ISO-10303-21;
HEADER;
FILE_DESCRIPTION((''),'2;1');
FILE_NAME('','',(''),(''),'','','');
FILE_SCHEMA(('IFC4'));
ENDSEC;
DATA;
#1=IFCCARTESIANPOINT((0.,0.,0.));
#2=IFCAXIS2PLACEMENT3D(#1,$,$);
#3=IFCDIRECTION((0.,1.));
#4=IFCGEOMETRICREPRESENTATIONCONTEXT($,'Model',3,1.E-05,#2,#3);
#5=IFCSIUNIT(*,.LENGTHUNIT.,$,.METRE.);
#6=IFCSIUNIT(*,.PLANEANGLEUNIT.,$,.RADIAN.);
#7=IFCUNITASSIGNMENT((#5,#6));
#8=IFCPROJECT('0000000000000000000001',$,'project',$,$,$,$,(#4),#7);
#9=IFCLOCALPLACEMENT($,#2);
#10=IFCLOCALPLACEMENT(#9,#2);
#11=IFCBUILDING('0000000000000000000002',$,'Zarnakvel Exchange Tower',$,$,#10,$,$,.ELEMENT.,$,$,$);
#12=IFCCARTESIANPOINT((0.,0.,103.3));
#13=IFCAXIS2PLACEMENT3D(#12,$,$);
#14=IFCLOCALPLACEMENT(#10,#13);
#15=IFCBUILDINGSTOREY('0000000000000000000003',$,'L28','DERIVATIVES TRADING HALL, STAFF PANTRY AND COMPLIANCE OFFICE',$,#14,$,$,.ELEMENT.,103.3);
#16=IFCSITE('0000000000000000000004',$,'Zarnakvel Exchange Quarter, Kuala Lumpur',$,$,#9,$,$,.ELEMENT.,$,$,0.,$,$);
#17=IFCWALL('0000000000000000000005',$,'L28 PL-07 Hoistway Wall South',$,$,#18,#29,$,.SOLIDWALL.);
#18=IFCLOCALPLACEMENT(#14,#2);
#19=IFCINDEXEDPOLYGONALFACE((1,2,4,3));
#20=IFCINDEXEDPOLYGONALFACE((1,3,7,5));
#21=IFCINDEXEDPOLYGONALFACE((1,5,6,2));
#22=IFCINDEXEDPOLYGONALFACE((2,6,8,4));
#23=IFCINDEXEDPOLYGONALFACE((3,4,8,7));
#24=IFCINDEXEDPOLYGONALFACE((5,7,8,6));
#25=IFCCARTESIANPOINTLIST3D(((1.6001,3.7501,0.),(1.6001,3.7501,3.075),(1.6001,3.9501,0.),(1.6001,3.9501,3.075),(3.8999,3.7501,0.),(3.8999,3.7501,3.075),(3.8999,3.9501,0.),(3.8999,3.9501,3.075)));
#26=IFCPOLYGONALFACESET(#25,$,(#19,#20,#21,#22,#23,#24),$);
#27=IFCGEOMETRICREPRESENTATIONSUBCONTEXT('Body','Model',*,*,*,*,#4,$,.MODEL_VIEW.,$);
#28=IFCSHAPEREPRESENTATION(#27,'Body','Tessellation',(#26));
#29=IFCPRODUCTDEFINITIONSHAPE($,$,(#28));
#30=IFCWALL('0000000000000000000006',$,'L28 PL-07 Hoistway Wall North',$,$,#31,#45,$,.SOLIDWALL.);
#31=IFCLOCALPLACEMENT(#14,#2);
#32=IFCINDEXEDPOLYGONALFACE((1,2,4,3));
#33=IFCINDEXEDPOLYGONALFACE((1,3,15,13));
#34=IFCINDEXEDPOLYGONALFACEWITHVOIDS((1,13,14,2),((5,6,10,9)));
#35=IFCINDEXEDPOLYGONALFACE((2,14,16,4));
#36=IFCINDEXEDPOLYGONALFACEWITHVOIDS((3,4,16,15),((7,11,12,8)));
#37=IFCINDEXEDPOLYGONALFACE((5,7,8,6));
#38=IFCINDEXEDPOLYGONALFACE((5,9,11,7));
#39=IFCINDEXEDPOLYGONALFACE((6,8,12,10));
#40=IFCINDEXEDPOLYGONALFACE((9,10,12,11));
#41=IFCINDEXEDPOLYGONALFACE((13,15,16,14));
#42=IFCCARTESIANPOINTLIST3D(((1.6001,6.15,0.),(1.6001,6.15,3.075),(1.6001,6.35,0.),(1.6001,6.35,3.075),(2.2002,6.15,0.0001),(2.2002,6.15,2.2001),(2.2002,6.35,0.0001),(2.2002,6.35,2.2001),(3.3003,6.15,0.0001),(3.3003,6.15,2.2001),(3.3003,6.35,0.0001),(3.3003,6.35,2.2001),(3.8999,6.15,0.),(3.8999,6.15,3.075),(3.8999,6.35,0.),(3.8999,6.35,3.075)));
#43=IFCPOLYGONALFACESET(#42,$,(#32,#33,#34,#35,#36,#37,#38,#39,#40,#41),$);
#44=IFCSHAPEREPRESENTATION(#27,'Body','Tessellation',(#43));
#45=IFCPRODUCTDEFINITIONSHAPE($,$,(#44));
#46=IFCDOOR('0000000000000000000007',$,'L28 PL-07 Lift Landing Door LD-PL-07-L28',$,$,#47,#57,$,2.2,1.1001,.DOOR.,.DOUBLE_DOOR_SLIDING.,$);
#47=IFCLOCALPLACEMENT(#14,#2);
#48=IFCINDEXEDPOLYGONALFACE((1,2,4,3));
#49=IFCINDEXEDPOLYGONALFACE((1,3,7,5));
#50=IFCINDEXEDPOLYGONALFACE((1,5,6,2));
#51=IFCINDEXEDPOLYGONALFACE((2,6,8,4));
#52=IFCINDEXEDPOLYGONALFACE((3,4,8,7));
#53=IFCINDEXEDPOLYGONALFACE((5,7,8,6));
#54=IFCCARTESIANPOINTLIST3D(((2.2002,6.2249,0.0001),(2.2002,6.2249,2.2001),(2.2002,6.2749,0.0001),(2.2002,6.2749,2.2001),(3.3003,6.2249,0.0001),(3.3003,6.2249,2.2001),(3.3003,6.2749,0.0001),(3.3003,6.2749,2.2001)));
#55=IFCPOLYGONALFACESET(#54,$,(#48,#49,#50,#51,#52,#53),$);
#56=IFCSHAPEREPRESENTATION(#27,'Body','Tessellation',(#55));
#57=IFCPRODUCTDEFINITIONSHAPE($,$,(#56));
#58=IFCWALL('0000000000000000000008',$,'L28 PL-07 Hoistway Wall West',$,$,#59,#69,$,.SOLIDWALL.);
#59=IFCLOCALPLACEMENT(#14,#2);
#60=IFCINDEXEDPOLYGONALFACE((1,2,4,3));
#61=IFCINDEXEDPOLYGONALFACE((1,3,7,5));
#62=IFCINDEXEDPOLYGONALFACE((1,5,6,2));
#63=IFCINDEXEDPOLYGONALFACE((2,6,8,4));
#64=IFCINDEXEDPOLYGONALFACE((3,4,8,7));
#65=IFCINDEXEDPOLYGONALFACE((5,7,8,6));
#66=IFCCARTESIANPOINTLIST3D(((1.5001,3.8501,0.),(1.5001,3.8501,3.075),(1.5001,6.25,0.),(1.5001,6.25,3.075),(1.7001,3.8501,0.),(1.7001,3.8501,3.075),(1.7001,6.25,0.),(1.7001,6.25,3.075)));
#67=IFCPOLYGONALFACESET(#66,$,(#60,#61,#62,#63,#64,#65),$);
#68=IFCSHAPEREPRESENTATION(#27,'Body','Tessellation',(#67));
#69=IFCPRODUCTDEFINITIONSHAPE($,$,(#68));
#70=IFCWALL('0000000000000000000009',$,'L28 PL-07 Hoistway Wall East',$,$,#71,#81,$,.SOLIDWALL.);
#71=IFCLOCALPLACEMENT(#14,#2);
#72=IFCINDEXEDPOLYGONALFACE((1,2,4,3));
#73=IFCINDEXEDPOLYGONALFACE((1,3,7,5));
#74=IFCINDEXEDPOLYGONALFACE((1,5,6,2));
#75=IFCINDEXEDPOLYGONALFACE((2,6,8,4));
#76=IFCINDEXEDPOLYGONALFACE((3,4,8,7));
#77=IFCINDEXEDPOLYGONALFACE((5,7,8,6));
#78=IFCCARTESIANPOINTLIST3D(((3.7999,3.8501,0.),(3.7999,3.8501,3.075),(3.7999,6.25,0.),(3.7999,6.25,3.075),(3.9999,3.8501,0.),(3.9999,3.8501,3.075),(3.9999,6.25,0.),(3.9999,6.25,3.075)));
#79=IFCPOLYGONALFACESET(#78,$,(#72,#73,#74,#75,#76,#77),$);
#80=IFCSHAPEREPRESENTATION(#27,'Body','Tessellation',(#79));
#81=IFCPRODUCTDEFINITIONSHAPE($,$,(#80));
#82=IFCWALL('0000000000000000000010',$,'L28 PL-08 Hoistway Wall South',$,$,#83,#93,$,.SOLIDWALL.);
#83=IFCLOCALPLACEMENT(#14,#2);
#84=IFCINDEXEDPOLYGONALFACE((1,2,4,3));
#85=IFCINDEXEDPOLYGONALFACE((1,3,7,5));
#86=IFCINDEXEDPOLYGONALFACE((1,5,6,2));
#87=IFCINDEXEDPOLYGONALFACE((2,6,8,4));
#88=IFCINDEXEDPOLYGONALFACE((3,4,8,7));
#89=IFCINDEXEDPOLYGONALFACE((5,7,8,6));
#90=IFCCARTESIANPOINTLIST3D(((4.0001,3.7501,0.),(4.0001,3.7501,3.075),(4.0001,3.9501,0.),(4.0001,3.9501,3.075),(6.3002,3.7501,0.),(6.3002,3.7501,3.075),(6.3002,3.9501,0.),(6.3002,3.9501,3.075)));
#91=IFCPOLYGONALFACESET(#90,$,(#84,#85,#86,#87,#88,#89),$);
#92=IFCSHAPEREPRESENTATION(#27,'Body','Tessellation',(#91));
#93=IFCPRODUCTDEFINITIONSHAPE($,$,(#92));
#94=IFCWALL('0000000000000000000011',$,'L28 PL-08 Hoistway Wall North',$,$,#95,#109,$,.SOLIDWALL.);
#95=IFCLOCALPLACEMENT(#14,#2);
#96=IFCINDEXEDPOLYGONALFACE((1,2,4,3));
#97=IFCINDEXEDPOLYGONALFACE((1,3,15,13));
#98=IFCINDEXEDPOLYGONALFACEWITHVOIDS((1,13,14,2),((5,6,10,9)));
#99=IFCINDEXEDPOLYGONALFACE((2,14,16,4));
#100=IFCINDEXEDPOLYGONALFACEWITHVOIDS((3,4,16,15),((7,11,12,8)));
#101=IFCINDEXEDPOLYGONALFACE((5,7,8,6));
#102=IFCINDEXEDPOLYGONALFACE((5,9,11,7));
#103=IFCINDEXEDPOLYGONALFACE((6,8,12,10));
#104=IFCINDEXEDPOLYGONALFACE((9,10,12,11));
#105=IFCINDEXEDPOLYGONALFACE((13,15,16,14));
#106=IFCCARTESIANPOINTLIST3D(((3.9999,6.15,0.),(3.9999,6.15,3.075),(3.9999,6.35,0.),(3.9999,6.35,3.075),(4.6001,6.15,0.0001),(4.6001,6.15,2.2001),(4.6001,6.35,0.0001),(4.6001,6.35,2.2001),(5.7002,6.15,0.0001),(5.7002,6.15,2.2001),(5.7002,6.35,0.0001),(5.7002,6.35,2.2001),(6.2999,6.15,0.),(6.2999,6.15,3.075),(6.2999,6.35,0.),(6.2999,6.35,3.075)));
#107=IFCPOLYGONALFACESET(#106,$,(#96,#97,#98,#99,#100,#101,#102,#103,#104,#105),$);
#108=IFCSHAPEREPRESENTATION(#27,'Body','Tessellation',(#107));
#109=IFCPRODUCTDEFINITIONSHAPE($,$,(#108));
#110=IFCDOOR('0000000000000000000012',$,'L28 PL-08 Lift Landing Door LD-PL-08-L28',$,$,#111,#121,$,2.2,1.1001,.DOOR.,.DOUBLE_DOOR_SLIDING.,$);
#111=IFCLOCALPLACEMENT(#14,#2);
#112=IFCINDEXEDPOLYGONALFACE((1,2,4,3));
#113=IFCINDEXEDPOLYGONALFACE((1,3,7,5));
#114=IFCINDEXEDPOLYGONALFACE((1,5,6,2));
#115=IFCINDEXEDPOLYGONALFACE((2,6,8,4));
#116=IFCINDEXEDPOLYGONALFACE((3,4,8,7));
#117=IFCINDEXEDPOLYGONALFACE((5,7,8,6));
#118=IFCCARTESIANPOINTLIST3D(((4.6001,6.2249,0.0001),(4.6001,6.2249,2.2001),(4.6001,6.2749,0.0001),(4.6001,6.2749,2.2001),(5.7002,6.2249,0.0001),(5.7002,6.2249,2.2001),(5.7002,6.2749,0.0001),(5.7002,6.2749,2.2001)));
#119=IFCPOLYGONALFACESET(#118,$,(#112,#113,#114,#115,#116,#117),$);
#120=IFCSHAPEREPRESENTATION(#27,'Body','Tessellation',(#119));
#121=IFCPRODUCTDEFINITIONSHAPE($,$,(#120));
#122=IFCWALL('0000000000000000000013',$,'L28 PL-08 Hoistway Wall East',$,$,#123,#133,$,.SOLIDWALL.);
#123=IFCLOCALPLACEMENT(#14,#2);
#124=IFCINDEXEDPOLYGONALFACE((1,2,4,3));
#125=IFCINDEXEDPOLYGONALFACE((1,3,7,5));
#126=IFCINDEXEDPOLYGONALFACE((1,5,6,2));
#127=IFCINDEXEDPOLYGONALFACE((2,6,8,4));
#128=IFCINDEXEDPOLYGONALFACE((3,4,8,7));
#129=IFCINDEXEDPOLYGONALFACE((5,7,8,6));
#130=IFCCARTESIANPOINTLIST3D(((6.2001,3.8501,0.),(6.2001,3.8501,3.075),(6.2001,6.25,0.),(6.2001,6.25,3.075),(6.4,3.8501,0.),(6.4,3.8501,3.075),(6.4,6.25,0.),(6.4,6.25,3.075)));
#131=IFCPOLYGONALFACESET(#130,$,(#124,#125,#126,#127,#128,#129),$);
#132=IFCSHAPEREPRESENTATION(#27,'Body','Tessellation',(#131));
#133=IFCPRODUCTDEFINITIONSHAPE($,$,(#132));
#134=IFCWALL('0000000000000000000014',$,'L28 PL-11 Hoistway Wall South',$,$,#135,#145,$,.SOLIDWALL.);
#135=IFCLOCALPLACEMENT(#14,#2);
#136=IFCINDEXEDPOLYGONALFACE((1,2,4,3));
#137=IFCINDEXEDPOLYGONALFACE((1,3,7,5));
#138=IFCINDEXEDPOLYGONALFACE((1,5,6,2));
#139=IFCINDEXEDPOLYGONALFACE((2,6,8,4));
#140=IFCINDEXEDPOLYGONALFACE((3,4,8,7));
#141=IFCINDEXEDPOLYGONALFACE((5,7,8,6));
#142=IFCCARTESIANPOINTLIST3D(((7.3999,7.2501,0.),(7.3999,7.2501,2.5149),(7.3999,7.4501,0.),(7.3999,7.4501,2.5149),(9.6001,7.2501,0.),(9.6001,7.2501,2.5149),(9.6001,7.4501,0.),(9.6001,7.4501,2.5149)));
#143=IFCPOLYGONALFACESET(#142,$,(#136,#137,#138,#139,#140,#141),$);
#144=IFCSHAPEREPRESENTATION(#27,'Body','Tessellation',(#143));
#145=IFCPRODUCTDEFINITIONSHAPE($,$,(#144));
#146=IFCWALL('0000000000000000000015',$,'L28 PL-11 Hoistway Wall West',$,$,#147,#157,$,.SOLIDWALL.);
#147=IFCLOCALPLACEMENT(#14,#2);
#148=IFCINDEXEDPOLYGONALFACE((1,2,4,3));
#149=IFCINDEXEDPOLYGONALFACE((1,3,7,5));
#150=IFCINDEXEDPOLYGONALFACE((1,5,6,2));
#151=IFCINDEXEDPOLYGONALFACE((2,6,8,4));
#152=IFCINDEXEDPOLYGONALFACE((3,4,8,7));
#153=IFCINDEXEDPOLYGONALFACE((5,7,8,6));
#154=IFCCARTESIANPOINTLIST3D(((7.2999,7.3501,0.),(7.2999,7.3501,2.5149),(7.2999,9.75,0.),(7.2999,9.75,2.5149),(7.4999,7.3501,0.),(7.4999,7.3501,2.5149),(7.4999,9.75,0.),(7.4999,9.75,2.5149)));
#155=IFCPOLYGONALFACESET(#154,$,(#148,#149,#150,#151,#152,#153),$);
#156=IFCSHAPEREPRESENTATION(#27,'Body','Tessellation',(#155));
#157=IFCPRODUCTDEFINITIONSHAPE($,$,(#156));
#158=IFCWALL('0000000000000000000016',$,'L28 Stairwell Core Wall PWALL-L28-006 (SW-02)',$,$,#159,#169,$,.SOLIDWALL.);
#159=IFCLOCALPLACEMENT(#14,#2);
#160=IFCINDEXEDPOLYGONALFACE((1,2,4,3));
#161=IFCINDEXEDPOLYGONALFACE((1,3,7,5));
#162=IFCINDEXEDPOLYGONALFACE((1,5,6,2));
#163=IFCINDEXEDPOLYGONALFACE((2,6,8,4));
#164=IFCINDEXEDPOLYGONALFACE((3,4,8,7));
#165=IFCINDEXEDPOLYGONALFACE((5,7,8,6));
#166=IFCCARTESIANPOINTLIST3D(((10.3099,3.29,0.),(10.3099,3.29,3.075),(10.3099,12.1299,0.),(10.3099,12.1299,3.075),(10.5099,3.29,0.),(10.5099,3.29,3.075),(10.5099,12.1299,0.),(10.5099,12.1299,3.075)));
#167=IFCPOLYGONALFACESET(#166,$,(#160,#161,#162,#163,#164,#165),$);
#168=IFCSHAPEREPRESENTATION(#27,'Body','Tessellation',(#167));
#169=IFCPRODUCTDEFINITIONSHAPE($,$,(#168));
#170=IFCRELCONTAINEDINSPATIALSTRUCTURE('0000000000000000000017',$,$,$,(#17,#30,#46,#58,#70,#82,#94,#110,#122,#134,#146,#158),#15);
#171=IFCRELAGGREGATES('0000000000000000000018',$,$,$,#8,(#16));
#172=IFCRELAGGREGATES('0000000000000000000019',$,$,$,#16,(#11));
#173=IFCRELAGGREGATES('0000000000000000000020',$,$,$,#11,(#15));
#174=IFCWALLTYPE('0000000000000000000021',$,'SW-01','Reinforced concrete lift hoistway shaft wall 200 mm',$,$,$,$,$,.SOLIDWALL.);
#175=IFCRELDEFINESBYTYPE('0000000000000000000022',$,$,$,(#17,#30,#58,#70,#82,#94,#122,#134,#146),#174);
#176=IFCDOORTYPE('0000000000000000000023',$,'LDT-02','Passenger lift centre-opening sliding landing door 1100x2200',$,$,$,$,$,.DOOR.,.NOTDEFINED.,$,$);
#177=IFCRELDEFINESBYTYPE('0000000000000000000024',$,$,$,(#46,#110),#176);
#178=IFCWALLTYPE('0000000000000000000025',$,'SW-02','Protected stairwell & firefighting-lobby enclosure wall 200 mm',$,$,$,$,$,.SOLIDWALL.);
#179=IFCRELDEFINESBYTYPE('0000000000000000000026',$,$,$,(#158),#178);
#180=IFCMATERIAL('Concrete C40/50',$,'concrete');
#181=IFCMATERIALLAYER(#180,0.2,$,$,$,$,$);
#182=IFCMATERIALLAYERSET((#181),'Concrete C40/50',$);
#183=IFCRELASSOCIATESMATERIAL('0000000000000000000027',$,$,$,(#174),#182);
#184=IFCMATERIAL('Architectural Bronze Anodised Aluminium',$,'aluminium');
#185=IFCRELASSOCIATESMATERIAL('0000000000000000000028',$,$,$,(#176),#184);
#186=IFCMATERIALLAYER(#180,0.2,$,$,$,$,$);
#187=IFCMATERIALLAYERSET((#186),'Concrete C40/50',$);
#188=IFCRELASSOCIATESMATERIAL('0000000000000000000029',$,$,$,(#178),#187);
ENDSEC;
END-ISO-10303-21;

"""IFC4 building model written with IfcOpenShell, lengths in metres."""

from ifc_helpers import new_model, si_unit, direction, frame, frame_2d, origin, place, context, subcontext, project, spatial, rectangle, extrude, source, transform, mapped, material, layer, layer_set, type_object, element, fill, save


model = new_model("IFC4")

# Units and contexts
model_context = context("Model", 3, precision=1e-05, world=origin(), true_north=direction((0.0, 1.0)))
body_context = subcontext(model_context, "Body", "Model", "MODEL_VIEW")
ifc_project = project(units=[si_unit("LENGTHUNIT", "METRE"), si_unit("PLANEANGLEUNIT", "RADIAN")], contexts=[model_context])

# Site, building, storey
site_placement = place(None, origin())
site = spatial("IfcSite", under=ifc_project, at=site_placement, Name="Zarnakvel Exchange Quarter, Kuala Lumpur", CompositionType="ELEMENT", RefElevation=0.0)
building_placement = place(site_placement, origin())
building = spatial("IfcBuilding", under=site, at=building_placement, Name="Zarnakvel Exchange Tower", CompositionType="ELEMENT")
storey_placement = place(building_placement, frame((0.0, 0.0, 103.3)))
storey = spatial("IfcBuildingStorey", under=building, at=storey_placement, Name="L28", Description="DERIVATIVES TRADING HALL, STAFF PANTRY AND COMPLIANCE OFFICE", CompositionType="ELEMENT", Elevation=103.3)

# Shared definitions
ifc_material_1 = material(Name="Concrete C40/50", Category="concrete")
ifc_layer_1 = layer(ifc_material_1, 0.2)
ifc_layer_set_1 = layer_set([ifc_layer_1], Name="Concrete C40/50")
wall_type_1 = type_object("IfcWallType", Name="SW-01", Description="Reinforced concrete lift hoistway shaft wall 200 mm", PredefinedType="SOLIDWALL", material=ifc_layer_set_1)
shared_shape_1 = source(origin(), body_context, "Body", "SweptSolid", [
    extrude(rectangle(XDim=1.1001, YDim=2.2, at=frame_2d((0.55, 1.1001))), frame((0.0, 0.0249, 0.0), z_axis=(0.0, -1.0, 0.0), x_axis=(1.0, 0.0, 0.0)), (0.0, 0.0, 1.0), 0.05),
])

# Wall
wall_1_placement = place(storey_placement, frame((3.8999, 3.8501, 0.0), z_axis=(0.0, 0.0, 1.0), x_axis=(-1.0, 0.0, 0.0)))
element("IfcWall", 1, at=wall_1_placement, inside=storey, type_object=wall_type_1, Name="L28 PL-07 Hoistway Wall South", PredefinedType="SOLIDWALL", context=body_context, shape_type="SweptSolid", body=[
    extrude(rectangle(XDim=2.2998, YDim=0.2, at=frame_2d((1.1499, 0.0))), origin(), (0.0, 0.0, 1.0), 3.075),
])

# Wall, opening, door
wall_2_placement = place(storey_placement, frame((1.6001, 6.25, 0.0), z_axis=(0.0, 0.0, 1.0), x_axis=(1.0, 0.0, 0.0)))
wall_2 = element("IfcWall", 2, at=wall_2_placement, inside=storey, type_object=wall_type_1, Name="L28 PL-07 Hoistway Wall North", PredefinedType="SOLIDWALL", context=body_context, shape_type="SweptSolid", body=[
    extrude(rectangle(XDim=2.2998, YDim=0.2, at=frame_2d((1.1499, 0.0))), origin(), (0.0, 0.0, 1.0), 3.075),
])
opening_1_placement = place(wall_2_placement, frame((0.6001, 0.0, 0.0)))
opening_1 = element("IfcOpeningElement", 3, at=opening_1_placement, cuts=wall_2, PredefinedType="OPENING", context=body_context, shape_type="SweptSolid", body=[
    extrude(rectangle(XDim=1.1001, YDim=2.2, at=frame_2d((0.55, 1.1001))), frame((0.0, 0.1099, 0.0), z_axis=(0.0, -1.0, 0.0), x_axis=(1.0, 0.0, 0.0)), (0.0, 0.0, 1.0), 0.22),
])
ifc_material_2 = material(Name="Architectural Bronze Anodised Aluminium", Category="aluminium")
door_type_1 = type_object("IfcDoorType", Name="LDT-02", Description="Passenger lift centre-opening sliding landing door 1100x2200", OperationType="NOTDEFINED", PredefinedType="DOOR", material=ifc_material_2)
door_1_placement = place(opening_1_placement, origin())
door_1 = element("IfcDoor", 4, at=door_1_placement, inside=storey, type_object=door_type_1, Name="L28 PL-07 Lift Landing Door LD-PL-07-L28", OperationType="DOUBLE_DOOR_SLIDING", OverallHeight=2.2, OverallWidth=1.1001, PredefinedType="DOOR", context=body_context, shape_type="MappedRepresentation", body=[
    mapped(shared_shape_1, transform((0.0, 0.0, 0.0), x_axis=(1.0, 0.0, 0.0), y_axis=(0.0, 1.0, 0.0), z_axis=(0.0, 0.0, 1.0), scale=1.0)),
])
fill(opening_1, door_1)

# Walls
for number, where, z_axis, x_axis, name in (
    (5, (1.6001, 3.8501, 0.0), (0.0, 0.0, 1.0), (0.0, 1.0, 0.0), "L28 PL-07 Hoistway Wall West"),
    (6, (3.8999, 6.25, 0.0), (0.0, 0.0, 1.0), (0.0, -1.0, 0.0), "L28 PL-07 Hoistway Wall East"),
):
    element("IfcWall", number, at=place(storey_placement, frame(where, z_axis=z_axis, x_axis=x_axis)), inside=storey, type_object=wall_type_1, Name=name, PredefinedType="SOLIDWALL", context=body_context, shape_type="SweptSolid", body=[
        extrude(rectangle(XDim=2.3999, YDim=0.2, at=frame_2d((1.2, 0.0))), origin(), (0.0, 0.0, 1.0), 3.075),
    ])
wall_3_placement = place(storey_placement, frame((6.3, 3.8501, 0.0), z_axis=(0.0, 0.0, 1.0), x_axis=(-1.0, 0.0, 0.0)))
element("IfcWall", 7, at=wall_3_placement, inside=storey, type_object=wall_type_1, Name="L28 PL-08 Hoistway Wall South", PredefinedType="SOLIDWALL", context=body_context, shape_type="SweptSolid", body=[
    extrude(rectangle(XDim=2.3, YDim=0.2, at=frame_2d((1.1499, 0.0))), origin(), (0.0, 0.0, 1.0), 3.075),
])

# Wall, opening, door
wall_4_placement = place(storey_placement, frame((4.0, 6.25, 0.0), z_axis=(0.0, 0.0, 1.0), x_axis=(1.0, 0.0, 0.0)))
wall_4 = element("IfcWall", 8, at=wall_4_placement, inside=storey, type_object=wall_type_1, Name="L28 PL-08 Hoistway Wall North", PredefinedType="SOLIDWALL", context=body_context, shape_type="SweptSolid", body=[
    extrude(rectangle(XDim=2.3, YDim=0.2, at=frame_2d((1.1499, 0.0))), origin(), (0.0, 0.0, 1.0), 3.075),
])
opening_2_placement = place(wall_4_placement, frame((0.6001, 0.0, 0.0)))
opening_2 = element("IfcOpeningElement", 9, at=opening_2_placement, cuts=wall_4, PredefinedType="OPENING", context=body_context, shape_type="SweptSolid", body=[
    extrude(rectangle(XDim=1.1001, YDim=2.2, at=frame_2d((0.55, 1.1001))), frame((0.0, 0.1099, 0.0), z_axis=(0.0, -1.0, 0.0), x_axis=(1.0, 0.0, 0.0)), (0.0, 0.0, 1.0), 0.22),
])
door_2_placement = place(opening_2_placement, origin())
door_2 = element("IfcDoor", 10, at=door_2_placement, inside=storey, type_object=door_type_1, Name="L28 PL-08 Lift Landing Door LD-PL-08-L28", OperationType="DOUBLE_DOOR_SLIDING", OverallHeight=2.2, OverallWidth=1.1001, PredefinedType="DOOR", context=body_context, shape_type="MappedRepresentation", body=[
    mapped(shared_shape_1, transform((0.0, 0.0, 0.0), x_axis=(1.0, 0.0, 0.0), y_axis=(0.0, 1.0, 0.0), z_axis=(0.0, 0.0, 1.0), scale=1.0)),
])
fill(opening_2, door_2)

# Walls
wall_5_placement = place(storey_placement, frame((6.3, 6.25, 0.0), z_axis=(0.0, 0.0, 1.0), x_axis=(0.0, -1.0, 0.0)))
element("IfcWall", 11, at=wall_5_placement, inside=storey, type_object=wall_type_1, Name="L28 PL-08 Hoistway Wall East", PredefinedType="SOLIDWALL", context=body_context, shape_type="SweptSolid", body=[
    extrude(rectangle(XDim=2.3999, YDim=0.2, at=frame_2d((1.2, 0.0))), origin(), (0.0, 0.0, 1.0), 3.075),
])
wall_6_placement = place(storey_placement, frame((9.6001, 7.3501, 0.0), z_axis=(0.0, 0.0, 1.0), x_axis=(-1.0, 0.0, 0.0)))
element("IfcWall", 12, at=wall_6_placement, inside=storey, type_object=wall_type_1, Name="L28 PL-11 Hoistway Wall South", PredefinedType="SOLIDWALL", context=body_context, shape_type="SweptSolid", body=[
    extrude(rectangle(XDim=2.2002, YDim=0.2, at=frame_2d((1.1001, 0.0))), origin(), (0.0, 0.0, 1.0), 2.5149),
])
wall_7_placement = place(storey_placement, frame((7.3999, 7.3501, 0.0), z_axis=(0.0, 0.0, 1.0), x_axis=(0.0, 1.0, 0.0)))
element("IfcWall", 13, at=wall_7_placement, inside=storey, type_object=wall_type_1, Name="L28 PL-11 Hoistway Wall West", PredefinedType="SOLIDWALL", context=body_context, shape_type="SweptSolid", body=[
    extrude(rectangle(XDim=2.3999, YDim=0.2, at=frame_2d((1.2, 0.0))), origin(), (0.0, 0.0, 1.0), 2.5149),
])
ifc_layer_2 = layer(ifc_material_1, 0.2)
ifc_layer_set_2 = layer_set([ifc_layer_2], Name="Concrete C40/50")
wall_type_2 = type_object("IfcWallType", Name="SW-02", Description="Protected stairwell & firefighting-lobby enclosure wall 200 mm", PredefinedType="SOLIDWALL", material=ifc_layer_set_2)
wall_8_placement = place(storey_placement, frame((10.4099, 3.29, 0.0), z_axis=(0.0, 0.0, 1.0), x_axis=(0.0, 1.0, 0.0)))
element("IfcWall", 14, at=wall_8_placement, inside=storey, type_object=wall_type_2, Name="L28 Stairwell Core Wall PWALL-L28-006 (SW-02)", PredefinedType="SOLIDWALL", context=body_context, shape_type="SweptSolid", body=[
    extrude(rectangle(XDim=8.8398, YDim=0.2, at=frame_2d((4.4199, 0.0))), origin(), (0.0, 0.0, 1.0), 3.075),
])

save(model, "model.ifc")
